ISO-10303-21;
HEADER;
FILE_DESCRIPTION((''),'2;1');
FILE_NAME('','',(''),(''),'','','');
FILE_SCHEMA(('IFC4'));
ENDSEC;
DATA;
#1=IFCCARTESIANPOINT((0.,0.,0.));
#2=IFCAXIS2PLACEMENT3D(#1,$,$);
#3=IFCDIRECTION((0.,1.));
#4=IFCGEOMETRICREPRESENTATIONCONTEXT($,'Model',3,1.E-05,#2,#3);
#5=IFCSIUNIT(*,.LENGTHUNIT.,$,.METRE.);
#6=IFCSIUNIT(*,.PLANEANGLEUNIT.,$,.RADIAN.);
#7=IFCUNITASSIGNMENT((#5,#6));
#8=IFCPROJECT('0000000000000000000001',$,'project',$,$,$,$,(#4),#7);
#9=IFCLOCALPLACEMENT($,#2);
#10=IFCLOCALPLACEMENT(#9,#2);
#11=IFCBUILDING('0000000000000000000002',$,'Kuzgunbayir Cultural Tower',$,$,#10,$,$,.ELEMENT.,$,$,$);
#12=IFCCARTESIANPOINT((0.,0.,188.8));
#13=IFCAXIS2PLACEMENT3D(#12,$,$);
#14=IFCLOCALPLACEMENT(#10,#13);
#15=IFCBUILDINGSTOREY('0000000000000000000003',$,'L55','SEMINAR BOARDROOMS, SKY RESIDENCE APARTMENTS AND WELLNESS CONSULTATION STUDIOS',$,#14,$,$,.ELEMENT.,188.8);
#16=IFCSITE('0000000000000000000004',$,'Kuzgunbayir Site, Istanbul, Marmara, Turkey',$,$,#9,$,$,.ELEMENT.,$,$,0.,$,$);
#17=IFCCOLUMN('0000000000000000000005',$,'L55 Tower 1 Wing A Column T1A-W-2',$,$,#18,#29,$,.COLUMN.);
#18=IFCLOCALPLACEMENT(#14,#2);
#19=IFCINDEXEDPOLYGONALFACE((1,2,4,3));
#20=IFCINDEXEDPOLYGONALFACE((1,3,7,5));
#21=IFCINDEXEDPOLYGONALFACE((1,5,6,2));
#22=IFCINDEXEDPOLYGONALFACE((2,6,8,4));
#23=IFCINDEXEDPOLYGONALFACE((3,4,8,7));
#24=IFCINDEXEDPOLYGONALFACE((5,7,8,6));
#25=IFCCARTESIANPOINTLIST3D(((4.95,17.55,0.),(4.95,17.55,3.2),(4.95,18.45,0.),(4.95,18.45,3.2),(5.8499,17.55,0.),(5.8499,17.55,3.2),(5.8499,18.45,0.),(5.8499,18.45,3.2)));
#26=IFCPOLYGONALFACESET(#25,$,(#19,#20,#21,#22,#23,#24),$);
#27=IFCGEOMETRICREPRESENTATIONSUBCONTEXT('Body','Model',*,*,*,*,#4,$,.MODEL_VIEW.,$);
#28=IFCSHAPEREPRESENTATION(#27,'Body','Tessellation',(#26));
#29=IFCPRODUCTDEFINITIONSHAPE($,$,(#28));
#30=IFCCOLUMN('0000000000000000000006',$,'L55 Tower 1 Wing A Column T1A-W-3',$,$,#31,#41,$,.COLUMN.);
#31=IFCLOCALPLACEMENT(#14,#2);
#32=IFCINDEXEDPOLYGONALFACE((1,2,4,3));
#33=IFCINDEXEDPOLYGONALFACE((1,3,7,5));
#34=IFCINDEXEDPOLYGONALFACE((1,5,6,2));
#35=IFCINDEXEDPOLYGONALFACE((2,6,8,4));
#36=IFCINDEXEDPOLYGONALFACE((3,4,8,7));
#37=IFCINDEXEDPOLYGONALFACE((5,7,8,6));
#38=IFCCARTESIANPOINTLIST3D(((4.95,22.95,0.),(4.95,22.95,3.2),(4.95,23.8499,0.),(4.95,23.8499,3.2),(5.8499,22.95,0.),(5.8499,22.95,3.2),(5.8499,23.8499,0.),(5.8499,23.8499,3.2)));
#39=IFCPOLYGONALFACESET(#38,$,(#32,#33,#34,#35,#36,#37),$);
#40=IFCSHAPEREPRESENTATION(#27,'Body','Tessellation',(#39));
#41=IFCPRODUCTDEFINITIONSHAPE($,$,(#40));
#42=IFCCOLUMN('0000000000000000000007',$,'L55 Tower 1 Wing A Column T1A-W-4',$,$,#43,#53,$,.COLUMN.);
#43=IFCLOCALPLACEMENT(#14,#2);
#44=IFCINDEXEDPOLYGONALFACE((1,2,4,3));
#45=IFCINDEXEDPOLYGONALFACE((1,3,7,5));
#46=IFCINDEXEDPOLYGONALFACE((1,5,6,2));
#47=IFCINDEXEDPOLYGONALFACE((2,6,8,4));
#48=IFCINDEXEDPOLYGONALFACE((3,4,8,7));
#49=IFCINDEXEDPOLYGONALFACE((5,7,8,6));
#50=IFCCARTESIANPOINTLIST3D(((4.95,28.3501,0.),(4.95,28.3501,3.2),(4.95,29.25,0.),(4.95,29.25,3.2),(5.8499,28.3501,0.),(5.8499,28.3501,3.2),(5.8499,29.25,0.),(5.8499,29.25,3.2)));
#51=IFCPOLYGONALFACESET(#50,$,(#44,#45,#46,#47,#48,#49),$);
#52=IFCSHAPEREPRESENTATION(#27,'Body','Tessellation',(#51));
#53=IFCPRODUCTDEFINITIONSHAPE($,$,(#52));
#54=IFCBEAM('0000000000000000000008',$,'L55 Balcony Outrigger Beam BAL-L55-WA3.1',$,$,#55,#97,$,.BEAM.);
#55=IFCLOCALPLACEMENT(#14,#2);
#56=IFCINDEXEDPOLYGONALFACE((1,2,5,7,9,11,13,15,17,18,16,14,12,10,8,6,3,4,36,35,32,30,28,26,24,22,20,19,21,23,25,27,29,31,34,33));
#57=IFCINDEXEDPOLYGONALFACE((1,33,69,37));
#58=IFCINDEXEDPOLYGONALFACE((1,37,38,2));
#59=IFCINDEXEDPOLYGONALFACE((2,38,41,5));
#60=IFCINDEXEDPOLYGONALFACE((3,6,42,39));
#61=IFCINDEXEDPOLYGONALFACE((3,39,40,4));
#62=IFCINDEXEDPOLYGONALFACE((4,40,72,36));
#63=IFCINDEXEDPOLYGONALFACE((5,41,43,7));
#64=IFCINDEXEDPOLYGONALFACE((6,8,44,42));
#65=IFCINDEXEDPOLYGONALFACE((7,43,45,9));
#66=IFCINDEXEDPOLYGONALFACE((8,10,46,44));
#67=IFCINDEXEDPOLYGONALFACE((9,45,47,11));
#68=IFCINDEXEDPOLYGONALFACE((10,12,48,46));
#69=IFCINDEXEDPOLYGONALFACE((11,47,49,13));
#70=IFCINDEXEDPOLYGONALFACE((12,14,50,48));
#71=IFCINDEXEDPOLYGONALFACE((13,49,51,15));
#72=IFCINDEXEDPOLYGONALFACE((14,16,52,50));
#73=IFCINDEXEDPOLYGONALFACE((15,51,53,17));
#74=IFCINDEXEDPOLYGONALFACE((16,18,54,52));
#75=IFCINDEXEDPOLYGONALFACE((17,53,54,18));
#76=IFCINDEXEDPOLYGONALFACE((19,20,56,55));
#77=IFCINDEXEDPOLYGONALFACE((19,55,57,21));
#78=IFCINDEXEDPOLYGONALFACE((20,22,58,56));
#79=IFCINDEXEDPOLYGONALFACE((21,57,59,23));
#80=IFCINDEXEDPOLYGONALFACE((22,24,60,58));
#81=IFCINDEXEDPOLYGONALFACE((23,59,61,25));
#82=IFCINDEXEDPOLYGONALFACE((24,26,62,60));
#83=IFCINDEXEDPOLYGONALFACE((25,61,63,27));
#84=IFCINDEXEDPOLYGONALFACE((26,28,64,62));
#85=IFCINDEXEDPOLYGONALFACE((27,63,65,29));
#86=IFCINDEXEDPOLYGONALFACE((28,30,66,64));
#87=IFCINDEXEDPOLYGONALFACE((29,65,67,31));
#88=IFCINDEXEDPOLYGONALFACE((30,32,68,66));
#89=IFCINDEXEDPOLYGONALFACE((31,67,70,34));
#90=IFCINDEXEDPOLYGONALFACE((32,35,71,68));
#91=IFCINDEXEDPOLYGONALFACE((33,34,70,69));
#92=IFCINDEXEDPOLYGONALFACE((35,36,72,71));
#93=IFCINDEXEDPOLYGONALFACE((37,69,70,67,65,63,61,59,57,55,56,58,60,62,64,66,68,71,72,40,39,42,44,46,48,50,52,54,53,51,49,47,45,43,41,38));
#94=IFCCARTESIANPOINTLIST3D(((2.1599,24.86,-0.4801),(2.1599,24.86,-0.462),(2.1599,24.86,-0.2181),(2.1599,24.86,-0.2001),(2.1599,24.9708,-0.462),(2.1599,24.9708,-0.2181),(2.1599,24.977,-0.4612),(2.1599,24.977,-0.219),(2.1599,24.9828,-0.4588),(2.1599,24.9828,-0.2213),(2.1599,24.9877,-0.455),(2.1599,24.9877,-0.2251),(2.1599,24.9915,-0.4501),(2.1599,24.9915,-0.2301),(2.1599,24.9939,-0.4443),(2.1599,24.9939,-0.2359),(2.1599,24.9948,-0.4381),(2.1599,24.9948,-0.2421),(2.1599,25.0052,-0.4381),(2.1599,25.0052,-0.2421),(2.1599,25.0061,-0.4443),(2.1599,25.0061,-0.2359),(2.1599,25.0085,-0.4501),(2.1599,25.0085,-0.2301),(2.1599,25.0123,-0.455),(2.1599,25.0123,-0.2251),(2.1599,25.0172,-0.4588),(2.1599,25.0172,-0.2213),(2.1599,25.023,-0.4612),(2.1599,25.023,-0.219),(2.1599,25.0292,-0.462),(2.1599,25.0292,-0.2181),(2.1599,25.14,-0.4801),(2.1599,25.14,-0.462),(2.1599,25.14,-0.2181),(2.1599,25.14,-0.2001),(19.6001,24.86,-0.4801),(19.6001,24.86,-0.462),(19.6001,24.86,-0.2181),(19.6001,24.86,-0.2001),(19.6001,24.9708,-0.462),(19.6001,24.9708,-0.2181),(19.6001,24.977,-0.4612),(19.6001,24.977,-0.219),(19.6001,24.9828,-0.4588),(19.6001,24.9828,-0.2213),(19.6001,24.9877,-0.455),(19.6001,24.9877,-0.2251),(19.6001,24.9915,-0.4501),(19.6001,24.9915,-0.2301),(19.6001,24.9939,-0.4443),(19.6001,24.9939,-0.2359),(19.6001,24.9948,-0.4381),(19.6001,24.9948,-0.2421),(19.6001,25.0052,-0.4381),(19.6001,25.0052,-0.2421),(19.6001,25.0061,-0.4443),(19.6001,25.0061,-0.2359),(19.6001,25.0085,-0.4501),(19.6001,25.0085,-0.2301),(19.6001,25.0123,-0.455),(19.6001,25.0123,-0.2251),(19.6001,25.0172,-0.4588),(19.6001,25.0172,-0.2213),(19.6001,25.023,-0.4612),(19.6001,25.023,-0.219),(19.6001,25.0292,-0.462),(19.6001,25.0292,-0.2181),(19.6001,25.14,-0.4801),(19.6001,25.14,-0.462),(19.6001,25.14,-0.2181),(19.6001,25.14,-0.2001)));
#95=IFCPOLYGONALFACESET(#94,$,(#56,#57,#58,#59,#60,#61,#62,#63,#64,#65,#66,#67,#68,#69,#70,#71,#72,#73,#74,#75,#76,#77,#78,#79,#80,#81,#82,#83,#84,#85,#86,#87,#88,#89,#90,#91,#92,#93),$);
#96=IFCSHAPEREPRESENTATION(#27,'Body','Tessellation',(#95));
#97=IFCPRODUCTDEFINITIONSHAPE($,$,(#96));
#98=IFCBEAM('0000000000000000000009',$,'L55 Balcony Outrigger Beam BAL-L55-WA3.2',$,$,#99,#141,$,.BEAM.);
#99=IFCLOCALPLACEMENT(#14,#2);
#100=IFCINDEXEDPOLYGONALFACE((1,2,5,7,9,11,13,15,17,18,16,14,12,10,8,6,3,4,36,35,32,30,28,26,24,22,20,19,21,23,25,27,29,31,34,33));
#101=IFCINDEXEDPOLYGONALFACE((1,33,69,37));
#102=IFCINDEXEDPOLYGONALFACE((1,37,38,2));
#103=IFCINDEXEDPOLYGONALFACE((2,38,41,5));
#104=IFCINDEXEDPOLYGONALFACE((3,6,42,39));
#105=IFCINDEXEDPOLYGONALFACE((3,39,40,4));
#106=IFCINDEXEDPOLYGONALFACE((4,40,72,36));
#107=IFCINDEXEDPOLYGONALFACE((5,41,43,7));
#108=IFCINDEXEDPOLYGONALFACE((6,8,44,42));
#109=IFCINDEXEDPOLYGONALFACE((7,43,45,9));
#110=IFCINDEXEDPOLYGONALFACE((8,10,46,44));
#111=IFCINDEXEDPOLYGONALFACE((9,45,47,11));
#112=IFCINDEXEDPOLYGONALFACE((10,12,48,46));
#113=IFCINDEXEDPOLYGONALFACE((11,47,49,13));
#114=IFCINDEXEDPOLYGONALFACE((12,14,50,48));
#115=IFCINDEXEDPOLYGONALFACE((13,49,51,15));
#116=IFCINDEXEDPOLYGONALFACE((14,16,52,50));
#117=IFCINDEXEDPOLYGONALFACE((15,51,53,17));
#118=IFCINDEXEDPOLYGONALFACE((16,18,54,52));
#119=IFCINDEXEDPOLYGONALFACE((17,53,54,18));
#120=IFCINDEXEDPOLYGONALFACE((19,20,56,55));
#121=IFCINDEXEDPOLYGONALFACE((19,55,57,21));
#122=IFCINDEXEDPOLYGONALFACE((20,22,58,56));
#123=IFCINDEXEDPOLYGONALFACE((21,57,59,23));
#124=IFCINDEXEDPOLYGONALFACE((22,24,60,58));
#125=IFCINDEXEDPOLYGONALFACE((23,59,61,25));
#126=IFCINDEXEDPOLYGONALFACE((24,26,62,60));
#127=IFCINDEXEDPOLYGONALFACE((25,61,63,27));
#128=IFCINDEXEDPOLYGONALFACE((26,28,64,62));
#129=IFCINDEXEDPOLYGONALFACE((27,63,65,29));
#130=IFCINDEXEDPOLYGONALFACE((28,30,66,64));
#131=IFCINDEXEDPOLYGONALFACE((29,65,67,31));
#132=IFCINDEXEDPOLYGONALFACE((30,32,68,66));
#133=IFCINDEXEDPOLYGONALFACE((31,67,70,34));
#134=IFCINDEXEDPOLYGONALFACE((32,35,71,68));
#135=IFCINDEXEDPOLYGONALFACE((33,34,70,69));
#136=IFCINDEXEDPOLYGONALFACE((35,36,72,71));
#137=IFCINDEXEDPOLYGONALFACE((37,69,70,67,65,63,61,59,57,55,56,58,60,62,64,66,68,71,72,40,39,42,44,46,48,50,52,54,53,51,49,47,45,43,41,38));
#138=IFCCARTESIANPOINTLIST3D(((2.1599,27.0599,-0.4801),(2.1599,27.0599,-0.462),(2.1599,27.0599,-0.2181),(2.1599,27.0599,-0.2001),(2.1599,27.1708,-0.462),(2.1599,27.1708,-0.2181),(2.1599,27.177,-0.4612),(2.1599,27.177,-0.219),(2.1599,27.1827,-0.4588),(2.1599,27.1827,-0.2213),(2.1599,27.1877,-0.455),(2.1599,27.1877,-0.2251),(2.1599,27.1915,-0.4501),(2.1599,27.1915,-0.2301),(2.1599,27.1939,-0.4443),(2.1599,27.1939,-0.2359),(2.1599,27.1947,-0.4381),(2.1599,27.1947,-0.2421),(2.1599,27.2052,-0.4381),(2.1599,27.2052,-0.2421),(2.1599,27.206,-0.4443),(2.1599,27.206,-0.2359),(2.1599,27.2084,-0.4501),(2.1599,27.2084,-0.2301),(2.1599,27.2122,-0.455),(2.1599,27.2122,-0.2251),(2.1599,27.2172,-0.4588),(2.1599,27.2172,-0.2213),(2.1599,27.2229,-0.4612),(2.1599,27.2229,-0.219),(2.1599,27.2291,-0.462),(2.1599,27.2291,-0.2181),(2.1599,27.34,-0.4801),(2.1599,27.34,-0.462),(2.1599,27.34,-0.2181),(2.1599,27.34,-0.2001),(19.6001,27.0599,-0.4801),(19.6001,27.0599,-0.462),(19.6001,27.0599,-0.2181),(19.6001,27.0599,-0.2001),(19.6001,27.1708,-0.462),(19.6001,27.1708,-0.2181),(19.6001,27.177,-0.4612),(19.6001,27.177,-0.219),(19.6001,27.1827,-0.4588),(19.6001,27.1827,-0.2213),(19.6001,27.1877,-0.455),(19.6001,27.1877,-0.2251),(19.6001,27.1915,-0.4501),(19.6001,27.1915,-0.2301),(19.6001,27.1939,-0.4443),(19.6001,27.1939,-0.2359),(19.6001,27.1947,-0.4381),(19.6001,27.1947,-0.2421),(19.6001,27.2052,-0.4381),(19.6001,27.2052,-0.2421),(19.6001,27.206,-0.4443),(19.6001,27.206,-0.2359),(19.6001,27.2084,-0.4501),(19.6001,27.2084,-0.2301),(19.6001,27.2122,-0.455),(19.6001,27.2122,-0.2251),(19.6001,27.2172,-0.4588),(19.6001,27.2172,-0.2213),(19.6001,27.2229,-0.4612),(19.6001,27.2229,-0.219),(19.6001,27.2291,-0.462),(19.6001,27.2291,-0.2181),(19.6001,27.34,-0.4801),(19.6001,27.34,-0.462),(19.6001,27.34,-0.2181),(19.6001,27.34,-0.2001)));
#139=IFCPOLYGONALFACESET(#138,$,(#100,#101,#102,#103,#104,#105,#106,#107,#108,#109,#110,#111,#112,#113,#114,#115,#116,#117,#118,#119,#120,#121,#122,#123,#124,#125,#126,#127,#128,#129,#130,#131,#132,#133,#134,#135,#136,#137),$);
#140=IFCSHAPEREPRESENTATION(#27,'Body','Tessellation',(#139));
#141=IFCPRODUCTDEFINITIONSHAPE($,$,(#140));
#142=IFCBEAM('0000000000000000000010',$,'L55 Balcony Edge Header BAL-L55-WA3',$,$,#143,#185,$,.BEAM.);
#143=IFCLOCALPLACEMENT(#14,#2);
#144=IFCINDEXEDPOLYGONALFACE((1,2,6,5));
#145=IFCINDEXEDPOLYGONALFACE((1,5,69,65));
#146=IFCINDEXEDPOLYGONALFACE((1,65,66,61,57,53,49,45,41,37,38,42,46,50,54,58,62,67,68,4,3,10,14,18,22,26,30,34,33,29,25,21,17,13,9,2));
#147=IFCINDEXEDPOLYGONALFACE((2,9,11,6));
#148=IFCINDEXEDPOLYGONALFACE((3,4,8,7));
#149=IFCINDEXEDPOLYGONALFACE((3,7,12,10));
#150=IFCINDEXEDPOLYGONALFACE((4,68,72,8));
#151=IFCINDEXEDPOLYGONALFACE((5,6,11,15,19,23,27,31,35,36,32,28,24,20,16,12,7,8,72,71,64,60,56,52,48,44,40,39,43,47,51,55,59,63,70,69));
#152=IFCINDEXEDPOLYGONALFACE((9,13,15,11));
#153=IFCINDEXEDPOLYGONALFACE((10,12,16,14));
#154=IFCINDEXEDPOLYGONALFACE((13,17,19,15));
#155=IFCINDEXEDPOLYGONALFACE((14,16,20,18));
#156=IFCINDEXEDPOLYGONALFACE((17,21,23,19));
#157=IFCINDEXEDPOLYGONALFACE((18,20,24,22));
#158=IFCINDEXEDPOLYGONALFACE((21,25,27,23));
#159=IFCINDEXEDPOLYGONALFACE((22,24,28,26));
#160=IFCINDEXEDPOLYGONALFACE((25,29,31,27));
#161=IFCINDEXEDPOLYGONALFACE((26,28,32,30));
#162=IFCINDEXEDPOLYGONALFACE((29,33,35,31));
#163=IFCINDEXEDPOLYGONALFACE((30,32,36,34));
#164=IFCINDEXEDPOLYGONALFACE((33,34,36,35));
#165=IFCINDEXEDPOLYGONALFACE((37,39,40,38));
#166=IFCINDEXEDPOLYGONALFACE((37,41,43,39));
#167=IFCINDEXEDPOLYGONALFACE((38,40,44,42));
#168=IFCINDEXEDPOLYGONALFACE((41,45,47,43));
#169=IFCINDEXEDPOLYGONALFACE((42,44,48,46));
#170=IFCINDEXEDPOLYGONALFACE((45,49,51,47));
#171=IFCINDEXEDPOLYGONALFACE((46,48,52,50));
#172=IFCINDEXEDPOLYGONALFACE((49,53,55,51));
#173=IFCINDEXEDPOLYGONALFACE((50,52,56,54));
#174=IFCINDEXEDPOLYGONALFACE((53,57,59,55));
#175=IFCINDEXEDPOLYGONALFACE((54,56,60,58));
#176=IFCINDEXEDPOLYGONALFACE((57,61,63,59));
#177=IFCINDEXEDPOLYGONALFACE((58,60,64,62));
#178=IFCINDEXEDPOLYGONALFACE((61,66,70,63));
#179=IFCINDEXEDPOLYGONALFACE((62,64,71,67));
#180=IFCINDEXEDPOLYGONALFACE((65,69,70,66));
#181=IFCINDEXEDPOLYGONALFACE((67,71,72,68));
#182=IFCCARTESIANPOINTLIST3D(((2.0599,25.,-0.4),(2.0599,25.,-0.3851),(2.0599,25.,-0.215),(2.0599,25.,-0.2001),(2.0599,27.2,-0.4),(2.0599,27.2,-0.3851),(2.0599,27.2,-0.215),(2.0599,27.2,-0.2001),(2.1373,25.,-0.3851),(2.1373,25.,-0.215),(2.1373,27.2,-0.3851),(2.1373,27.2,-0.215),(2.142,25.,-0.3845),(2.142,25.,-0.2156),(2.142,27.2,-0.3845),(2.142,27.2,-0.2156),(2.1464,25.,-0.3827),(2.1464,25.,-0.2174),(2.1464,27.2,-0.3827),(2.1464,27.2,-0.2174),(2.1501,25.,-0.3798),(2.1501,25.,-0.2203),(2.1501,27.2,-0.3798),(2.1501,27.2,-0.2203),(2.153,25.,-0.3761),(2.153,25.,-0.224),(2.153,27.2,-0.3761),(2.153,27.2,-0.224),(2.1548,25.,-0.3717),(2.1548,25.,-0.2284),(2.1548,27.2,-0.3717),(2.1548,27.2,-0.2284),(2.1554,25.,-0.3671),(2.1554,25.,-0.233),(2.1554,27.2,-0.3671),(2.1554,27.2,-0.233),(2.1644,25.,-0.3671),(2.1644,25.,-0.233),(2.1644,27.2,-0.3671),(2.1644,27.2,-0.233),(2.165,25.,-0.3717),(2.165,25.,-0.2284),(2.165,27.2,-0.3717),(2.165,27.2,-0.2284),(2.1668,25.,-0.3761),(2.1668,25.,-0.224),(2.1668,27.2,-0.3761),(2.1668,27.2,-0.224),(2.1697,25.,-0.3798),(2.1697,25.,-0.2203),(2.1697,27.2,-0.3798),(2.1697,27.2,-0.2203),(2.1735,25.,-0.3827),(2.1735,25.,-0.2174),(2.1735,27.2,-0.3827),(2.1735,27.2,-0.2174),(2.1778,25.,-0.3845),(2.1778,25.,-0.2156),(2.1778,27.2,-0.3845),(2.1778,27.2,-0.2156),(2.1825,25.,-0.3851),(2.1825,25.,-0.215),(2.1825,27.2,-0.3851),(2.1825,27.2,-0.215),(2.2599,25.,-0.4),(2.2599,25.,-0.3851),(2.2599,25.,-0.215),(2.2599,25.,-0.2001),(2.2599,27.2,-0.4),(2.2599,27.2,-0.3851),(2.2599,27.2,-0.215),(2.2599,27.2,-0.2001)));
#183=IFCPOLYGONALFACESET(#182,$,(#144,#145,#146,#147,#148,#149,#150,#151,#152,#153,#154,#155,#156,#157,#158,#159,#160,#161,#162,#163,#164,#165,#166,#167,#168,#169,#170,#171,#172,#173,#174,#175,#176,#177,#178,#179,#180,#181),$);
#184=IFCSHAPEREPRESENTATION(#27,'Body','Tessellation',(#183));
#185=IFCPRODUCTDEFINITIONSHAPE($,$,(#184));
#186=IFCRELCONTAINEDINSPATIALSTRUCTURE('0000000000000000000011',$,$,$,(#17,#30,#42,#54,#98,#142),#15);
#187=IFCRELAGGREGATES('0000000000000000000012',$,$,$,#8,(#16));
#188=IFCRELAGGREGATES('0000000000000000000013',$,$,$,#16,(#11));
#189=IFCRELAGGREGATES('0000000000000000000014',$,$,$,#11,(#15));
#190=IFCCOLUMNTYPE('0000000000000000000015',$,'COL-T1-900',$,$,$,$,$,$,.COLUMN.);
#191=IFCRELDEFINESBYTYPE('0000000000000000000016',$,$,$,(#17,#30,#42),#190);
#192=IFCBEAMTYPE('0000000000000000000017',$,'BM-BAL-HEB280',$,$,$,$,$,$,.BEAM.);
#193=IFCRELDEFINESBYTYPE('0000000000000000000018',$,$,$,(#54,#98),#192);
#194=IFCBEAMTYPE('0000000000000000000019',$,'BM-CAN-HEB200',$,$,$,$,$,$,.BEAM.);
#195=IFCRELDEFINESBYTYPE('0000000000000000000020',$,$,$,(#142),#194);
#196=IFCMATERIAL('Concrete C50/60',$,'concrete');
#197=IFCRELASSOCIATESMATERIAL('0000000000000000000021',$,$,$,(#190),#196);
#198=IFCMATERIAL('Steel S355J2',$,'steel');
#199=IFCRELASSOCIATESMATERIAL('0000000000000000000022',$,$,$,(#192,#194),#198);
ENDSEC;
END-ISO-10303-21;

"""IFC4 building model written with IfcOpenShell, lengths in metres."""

from ifc_helpers import new_model, si_unit, direction, frame, origin, origin_2d, place, context, subcontext, project, spatial, rectangle, i_section, extrude, material, material_profile, profile_set, type_object, element, save


model = new_model("IFC4")

# Units and contexts
model_context = context("Model", 3, precision=1e-05, world=origin(), true_north=direction((0.0, 1.0)))
body_context = subcontext(model_context, "Body", "Model", "MODEL_VIEW")
ifc_project = project(units=[si_unit("LENGTHUNIT", "METRE"), si_unit("PLANEANGLEUNIT", "RADIAN")], contexts=[model_context])

# Site, building, storey
site_placement = place(None, origin())
site = spatial("IfcSite", under=ifc_project, at=site_placement, Name="Kuzgunbayir Site, Istanbul, Marmara, Turkey", CompositionType="ELEMENT", RefElevation=0.0)
building_placement = place(site_placement, origin())
building = spatial("IfcBuilding", under=site, at=building_placement, Name="Kuzgunbayir Cultural Tower", CompositionType="ELEMENT")
storey_placement = place(building_placement, frame((0.0, 0.0, 188.8)))
storey = spatial("IfcBuildingStorey", under=building, at=storey_placement, Name="L55", Description="SEMINAR BOARDROOMS, SKY RESIDENCE APARTMENTS AND WELLNESS CONSULTATION STUDIOS", CompositionType="ELEMENT", Elevation=188.8)

# Columns
ifc_material_1 = material(Name="Concrete C50/60", Category="concrete")
ifc_material_profile_1 = material_profile(ifc_material_1, rectangle(XDim=0.8999, YDim=0.8999, at=origin_2d()), Name="RC 900x900")
ifc_profile_set_1 = profile_set([ifc_material_profile_1], Name="Concrete C50/60")
column_type = type_object("IfcColumnType", Name="COL-T1-900", PredefinedType="COLUMN", material=ifc_profile_set_1)
for number, where, z_axis, x_axis, name in (
    (1, (5.3999, 18.0, 0.0), (0.0, 0.0, 1.0), (1.0, 0.0, 0.0), "L55 Tower 1 Wing A Column T1A-W-2"),
    (2, (5.3999, 23.3999, 0.0), (0.0, 0.0, 1.0), (1.0, 0.0, 0.0), "L55 Tower 1 Wing A Column T1A-W-3"),
    (3, (5.3999, 28.8, 0.0), (0.0, 0.0, 1.0), (1.0, 0.0, 0.0), "L55 Tower 1 Wing A Column T1A-W-4"),
):
    element("IfcColumn", number, at=place(storey_placement, frame(where, z_axis=z_axis, x_axis=x_axis)), inside=storey, type_object=column_type, Name=name, PredefinedType="COLUMN", context=body_context, shape_type="SweptSolid", body=[
        extrude(rectangle(XDim=0.8999, YDim=0.8999, at=origin_2d()), origin(), (0.0, 0.0, 1.0), 3.2),
    ])

# Beams
ifc_material_2 = material(Name="Steel S355J2", Category="steel")
ifc_material_profile_2 = material_profile(ifc_material_2, i_section(OverallWidth=0.28, OverallDepth=0.28, WebThickness=0.0105, FlangeThickness=0.0181, FilletRadius=0.0239, at=origin_2d()), Name="HEB 280")
ifc_profile_set_2 = profile_set([ifc_material_profile_2], Name="Steel S355J2")
beam_type_1 = type_object("IfcBeamType", Name="BM-BAL-HEB280", PredefinedType="BEAM", material=ifc_profile_set_2)
for number, where, z_axis, x_axis, name in (
    (4, (2.1599, 25.0, -0.3401), (1.0, 0.0, 0.0), (0.0, 1.0, 0.0), "L55 Balcony Outrigger Beam BAL-L55-WA3.1"),
    (5, (2.1599, 27.2, -0.3401), (1.0, 0.0, 0.0), (0.0, 1.0, 0.0), "L55 Balcony Outrigger Beam BAL-L55-WA3.2"),
):
    element("IfcBeam", number, at=place(storey_placement, frame(where, z_axis=z_axis, x_axis=x_axis)), inside=storey, type_object=beam_type_1, Name=name, PredefinedType="BEAM", context=body_context, shape_type="SweptSolid", body=[
        extrude(i_section(OverallWidth=0.28, OverallDepth=0.28, WebThickness=0.0105, FlangeThickness=0.0181, FilletRadius=0.0239, at=origin_2d()), origin(), (0.0, 0.0, 1.0), 17.4402),
    ])
ifc_material_profile_3 = material_profile(ifc_material_2, i_section(OverallWidth=0.2, OverallDepth=0.2, WebThickness=0.009, FlangeThickness=0.0149, FilletRadius=0.0181, at=origin_2d()), Name="HEB 200")
ifc_profile_set_3 = profile_set([ifc_material_profile_3], Name="Steel S355J2")
beam_type_2 = type_object("IfcBeamType", Name="BM-CAN-HEB200", PredefinedType="BEAM", material=ifc_profile_set_3)
beam_1_placement = place(storey_placement, frame((2.1599, 25.0, -0.3), z_axis=(0.0, 1.0, 0.0), x_axis=(-1.0, 0.0, 0.0)))
element("IfcBeam", 6, at=beam_1_placement, inside=storey, type_object=beam_type_2, Name="L55 Balcony Edge Header BAL-L55-WA3", PredefinedType="BEAM", context=body_context, shape_type="SweptSolid", body=[
    extrude(i_section(OverallWidth=0.2, OverallDepth=0.2, WebThickness=0.009, FlangeThickness=0.0149, FilletRadius=0.0181, at=origin_2d()), origin(), (0.0, 0.0, 1.0), 2.2),
])

save(model, "model.ifc")
